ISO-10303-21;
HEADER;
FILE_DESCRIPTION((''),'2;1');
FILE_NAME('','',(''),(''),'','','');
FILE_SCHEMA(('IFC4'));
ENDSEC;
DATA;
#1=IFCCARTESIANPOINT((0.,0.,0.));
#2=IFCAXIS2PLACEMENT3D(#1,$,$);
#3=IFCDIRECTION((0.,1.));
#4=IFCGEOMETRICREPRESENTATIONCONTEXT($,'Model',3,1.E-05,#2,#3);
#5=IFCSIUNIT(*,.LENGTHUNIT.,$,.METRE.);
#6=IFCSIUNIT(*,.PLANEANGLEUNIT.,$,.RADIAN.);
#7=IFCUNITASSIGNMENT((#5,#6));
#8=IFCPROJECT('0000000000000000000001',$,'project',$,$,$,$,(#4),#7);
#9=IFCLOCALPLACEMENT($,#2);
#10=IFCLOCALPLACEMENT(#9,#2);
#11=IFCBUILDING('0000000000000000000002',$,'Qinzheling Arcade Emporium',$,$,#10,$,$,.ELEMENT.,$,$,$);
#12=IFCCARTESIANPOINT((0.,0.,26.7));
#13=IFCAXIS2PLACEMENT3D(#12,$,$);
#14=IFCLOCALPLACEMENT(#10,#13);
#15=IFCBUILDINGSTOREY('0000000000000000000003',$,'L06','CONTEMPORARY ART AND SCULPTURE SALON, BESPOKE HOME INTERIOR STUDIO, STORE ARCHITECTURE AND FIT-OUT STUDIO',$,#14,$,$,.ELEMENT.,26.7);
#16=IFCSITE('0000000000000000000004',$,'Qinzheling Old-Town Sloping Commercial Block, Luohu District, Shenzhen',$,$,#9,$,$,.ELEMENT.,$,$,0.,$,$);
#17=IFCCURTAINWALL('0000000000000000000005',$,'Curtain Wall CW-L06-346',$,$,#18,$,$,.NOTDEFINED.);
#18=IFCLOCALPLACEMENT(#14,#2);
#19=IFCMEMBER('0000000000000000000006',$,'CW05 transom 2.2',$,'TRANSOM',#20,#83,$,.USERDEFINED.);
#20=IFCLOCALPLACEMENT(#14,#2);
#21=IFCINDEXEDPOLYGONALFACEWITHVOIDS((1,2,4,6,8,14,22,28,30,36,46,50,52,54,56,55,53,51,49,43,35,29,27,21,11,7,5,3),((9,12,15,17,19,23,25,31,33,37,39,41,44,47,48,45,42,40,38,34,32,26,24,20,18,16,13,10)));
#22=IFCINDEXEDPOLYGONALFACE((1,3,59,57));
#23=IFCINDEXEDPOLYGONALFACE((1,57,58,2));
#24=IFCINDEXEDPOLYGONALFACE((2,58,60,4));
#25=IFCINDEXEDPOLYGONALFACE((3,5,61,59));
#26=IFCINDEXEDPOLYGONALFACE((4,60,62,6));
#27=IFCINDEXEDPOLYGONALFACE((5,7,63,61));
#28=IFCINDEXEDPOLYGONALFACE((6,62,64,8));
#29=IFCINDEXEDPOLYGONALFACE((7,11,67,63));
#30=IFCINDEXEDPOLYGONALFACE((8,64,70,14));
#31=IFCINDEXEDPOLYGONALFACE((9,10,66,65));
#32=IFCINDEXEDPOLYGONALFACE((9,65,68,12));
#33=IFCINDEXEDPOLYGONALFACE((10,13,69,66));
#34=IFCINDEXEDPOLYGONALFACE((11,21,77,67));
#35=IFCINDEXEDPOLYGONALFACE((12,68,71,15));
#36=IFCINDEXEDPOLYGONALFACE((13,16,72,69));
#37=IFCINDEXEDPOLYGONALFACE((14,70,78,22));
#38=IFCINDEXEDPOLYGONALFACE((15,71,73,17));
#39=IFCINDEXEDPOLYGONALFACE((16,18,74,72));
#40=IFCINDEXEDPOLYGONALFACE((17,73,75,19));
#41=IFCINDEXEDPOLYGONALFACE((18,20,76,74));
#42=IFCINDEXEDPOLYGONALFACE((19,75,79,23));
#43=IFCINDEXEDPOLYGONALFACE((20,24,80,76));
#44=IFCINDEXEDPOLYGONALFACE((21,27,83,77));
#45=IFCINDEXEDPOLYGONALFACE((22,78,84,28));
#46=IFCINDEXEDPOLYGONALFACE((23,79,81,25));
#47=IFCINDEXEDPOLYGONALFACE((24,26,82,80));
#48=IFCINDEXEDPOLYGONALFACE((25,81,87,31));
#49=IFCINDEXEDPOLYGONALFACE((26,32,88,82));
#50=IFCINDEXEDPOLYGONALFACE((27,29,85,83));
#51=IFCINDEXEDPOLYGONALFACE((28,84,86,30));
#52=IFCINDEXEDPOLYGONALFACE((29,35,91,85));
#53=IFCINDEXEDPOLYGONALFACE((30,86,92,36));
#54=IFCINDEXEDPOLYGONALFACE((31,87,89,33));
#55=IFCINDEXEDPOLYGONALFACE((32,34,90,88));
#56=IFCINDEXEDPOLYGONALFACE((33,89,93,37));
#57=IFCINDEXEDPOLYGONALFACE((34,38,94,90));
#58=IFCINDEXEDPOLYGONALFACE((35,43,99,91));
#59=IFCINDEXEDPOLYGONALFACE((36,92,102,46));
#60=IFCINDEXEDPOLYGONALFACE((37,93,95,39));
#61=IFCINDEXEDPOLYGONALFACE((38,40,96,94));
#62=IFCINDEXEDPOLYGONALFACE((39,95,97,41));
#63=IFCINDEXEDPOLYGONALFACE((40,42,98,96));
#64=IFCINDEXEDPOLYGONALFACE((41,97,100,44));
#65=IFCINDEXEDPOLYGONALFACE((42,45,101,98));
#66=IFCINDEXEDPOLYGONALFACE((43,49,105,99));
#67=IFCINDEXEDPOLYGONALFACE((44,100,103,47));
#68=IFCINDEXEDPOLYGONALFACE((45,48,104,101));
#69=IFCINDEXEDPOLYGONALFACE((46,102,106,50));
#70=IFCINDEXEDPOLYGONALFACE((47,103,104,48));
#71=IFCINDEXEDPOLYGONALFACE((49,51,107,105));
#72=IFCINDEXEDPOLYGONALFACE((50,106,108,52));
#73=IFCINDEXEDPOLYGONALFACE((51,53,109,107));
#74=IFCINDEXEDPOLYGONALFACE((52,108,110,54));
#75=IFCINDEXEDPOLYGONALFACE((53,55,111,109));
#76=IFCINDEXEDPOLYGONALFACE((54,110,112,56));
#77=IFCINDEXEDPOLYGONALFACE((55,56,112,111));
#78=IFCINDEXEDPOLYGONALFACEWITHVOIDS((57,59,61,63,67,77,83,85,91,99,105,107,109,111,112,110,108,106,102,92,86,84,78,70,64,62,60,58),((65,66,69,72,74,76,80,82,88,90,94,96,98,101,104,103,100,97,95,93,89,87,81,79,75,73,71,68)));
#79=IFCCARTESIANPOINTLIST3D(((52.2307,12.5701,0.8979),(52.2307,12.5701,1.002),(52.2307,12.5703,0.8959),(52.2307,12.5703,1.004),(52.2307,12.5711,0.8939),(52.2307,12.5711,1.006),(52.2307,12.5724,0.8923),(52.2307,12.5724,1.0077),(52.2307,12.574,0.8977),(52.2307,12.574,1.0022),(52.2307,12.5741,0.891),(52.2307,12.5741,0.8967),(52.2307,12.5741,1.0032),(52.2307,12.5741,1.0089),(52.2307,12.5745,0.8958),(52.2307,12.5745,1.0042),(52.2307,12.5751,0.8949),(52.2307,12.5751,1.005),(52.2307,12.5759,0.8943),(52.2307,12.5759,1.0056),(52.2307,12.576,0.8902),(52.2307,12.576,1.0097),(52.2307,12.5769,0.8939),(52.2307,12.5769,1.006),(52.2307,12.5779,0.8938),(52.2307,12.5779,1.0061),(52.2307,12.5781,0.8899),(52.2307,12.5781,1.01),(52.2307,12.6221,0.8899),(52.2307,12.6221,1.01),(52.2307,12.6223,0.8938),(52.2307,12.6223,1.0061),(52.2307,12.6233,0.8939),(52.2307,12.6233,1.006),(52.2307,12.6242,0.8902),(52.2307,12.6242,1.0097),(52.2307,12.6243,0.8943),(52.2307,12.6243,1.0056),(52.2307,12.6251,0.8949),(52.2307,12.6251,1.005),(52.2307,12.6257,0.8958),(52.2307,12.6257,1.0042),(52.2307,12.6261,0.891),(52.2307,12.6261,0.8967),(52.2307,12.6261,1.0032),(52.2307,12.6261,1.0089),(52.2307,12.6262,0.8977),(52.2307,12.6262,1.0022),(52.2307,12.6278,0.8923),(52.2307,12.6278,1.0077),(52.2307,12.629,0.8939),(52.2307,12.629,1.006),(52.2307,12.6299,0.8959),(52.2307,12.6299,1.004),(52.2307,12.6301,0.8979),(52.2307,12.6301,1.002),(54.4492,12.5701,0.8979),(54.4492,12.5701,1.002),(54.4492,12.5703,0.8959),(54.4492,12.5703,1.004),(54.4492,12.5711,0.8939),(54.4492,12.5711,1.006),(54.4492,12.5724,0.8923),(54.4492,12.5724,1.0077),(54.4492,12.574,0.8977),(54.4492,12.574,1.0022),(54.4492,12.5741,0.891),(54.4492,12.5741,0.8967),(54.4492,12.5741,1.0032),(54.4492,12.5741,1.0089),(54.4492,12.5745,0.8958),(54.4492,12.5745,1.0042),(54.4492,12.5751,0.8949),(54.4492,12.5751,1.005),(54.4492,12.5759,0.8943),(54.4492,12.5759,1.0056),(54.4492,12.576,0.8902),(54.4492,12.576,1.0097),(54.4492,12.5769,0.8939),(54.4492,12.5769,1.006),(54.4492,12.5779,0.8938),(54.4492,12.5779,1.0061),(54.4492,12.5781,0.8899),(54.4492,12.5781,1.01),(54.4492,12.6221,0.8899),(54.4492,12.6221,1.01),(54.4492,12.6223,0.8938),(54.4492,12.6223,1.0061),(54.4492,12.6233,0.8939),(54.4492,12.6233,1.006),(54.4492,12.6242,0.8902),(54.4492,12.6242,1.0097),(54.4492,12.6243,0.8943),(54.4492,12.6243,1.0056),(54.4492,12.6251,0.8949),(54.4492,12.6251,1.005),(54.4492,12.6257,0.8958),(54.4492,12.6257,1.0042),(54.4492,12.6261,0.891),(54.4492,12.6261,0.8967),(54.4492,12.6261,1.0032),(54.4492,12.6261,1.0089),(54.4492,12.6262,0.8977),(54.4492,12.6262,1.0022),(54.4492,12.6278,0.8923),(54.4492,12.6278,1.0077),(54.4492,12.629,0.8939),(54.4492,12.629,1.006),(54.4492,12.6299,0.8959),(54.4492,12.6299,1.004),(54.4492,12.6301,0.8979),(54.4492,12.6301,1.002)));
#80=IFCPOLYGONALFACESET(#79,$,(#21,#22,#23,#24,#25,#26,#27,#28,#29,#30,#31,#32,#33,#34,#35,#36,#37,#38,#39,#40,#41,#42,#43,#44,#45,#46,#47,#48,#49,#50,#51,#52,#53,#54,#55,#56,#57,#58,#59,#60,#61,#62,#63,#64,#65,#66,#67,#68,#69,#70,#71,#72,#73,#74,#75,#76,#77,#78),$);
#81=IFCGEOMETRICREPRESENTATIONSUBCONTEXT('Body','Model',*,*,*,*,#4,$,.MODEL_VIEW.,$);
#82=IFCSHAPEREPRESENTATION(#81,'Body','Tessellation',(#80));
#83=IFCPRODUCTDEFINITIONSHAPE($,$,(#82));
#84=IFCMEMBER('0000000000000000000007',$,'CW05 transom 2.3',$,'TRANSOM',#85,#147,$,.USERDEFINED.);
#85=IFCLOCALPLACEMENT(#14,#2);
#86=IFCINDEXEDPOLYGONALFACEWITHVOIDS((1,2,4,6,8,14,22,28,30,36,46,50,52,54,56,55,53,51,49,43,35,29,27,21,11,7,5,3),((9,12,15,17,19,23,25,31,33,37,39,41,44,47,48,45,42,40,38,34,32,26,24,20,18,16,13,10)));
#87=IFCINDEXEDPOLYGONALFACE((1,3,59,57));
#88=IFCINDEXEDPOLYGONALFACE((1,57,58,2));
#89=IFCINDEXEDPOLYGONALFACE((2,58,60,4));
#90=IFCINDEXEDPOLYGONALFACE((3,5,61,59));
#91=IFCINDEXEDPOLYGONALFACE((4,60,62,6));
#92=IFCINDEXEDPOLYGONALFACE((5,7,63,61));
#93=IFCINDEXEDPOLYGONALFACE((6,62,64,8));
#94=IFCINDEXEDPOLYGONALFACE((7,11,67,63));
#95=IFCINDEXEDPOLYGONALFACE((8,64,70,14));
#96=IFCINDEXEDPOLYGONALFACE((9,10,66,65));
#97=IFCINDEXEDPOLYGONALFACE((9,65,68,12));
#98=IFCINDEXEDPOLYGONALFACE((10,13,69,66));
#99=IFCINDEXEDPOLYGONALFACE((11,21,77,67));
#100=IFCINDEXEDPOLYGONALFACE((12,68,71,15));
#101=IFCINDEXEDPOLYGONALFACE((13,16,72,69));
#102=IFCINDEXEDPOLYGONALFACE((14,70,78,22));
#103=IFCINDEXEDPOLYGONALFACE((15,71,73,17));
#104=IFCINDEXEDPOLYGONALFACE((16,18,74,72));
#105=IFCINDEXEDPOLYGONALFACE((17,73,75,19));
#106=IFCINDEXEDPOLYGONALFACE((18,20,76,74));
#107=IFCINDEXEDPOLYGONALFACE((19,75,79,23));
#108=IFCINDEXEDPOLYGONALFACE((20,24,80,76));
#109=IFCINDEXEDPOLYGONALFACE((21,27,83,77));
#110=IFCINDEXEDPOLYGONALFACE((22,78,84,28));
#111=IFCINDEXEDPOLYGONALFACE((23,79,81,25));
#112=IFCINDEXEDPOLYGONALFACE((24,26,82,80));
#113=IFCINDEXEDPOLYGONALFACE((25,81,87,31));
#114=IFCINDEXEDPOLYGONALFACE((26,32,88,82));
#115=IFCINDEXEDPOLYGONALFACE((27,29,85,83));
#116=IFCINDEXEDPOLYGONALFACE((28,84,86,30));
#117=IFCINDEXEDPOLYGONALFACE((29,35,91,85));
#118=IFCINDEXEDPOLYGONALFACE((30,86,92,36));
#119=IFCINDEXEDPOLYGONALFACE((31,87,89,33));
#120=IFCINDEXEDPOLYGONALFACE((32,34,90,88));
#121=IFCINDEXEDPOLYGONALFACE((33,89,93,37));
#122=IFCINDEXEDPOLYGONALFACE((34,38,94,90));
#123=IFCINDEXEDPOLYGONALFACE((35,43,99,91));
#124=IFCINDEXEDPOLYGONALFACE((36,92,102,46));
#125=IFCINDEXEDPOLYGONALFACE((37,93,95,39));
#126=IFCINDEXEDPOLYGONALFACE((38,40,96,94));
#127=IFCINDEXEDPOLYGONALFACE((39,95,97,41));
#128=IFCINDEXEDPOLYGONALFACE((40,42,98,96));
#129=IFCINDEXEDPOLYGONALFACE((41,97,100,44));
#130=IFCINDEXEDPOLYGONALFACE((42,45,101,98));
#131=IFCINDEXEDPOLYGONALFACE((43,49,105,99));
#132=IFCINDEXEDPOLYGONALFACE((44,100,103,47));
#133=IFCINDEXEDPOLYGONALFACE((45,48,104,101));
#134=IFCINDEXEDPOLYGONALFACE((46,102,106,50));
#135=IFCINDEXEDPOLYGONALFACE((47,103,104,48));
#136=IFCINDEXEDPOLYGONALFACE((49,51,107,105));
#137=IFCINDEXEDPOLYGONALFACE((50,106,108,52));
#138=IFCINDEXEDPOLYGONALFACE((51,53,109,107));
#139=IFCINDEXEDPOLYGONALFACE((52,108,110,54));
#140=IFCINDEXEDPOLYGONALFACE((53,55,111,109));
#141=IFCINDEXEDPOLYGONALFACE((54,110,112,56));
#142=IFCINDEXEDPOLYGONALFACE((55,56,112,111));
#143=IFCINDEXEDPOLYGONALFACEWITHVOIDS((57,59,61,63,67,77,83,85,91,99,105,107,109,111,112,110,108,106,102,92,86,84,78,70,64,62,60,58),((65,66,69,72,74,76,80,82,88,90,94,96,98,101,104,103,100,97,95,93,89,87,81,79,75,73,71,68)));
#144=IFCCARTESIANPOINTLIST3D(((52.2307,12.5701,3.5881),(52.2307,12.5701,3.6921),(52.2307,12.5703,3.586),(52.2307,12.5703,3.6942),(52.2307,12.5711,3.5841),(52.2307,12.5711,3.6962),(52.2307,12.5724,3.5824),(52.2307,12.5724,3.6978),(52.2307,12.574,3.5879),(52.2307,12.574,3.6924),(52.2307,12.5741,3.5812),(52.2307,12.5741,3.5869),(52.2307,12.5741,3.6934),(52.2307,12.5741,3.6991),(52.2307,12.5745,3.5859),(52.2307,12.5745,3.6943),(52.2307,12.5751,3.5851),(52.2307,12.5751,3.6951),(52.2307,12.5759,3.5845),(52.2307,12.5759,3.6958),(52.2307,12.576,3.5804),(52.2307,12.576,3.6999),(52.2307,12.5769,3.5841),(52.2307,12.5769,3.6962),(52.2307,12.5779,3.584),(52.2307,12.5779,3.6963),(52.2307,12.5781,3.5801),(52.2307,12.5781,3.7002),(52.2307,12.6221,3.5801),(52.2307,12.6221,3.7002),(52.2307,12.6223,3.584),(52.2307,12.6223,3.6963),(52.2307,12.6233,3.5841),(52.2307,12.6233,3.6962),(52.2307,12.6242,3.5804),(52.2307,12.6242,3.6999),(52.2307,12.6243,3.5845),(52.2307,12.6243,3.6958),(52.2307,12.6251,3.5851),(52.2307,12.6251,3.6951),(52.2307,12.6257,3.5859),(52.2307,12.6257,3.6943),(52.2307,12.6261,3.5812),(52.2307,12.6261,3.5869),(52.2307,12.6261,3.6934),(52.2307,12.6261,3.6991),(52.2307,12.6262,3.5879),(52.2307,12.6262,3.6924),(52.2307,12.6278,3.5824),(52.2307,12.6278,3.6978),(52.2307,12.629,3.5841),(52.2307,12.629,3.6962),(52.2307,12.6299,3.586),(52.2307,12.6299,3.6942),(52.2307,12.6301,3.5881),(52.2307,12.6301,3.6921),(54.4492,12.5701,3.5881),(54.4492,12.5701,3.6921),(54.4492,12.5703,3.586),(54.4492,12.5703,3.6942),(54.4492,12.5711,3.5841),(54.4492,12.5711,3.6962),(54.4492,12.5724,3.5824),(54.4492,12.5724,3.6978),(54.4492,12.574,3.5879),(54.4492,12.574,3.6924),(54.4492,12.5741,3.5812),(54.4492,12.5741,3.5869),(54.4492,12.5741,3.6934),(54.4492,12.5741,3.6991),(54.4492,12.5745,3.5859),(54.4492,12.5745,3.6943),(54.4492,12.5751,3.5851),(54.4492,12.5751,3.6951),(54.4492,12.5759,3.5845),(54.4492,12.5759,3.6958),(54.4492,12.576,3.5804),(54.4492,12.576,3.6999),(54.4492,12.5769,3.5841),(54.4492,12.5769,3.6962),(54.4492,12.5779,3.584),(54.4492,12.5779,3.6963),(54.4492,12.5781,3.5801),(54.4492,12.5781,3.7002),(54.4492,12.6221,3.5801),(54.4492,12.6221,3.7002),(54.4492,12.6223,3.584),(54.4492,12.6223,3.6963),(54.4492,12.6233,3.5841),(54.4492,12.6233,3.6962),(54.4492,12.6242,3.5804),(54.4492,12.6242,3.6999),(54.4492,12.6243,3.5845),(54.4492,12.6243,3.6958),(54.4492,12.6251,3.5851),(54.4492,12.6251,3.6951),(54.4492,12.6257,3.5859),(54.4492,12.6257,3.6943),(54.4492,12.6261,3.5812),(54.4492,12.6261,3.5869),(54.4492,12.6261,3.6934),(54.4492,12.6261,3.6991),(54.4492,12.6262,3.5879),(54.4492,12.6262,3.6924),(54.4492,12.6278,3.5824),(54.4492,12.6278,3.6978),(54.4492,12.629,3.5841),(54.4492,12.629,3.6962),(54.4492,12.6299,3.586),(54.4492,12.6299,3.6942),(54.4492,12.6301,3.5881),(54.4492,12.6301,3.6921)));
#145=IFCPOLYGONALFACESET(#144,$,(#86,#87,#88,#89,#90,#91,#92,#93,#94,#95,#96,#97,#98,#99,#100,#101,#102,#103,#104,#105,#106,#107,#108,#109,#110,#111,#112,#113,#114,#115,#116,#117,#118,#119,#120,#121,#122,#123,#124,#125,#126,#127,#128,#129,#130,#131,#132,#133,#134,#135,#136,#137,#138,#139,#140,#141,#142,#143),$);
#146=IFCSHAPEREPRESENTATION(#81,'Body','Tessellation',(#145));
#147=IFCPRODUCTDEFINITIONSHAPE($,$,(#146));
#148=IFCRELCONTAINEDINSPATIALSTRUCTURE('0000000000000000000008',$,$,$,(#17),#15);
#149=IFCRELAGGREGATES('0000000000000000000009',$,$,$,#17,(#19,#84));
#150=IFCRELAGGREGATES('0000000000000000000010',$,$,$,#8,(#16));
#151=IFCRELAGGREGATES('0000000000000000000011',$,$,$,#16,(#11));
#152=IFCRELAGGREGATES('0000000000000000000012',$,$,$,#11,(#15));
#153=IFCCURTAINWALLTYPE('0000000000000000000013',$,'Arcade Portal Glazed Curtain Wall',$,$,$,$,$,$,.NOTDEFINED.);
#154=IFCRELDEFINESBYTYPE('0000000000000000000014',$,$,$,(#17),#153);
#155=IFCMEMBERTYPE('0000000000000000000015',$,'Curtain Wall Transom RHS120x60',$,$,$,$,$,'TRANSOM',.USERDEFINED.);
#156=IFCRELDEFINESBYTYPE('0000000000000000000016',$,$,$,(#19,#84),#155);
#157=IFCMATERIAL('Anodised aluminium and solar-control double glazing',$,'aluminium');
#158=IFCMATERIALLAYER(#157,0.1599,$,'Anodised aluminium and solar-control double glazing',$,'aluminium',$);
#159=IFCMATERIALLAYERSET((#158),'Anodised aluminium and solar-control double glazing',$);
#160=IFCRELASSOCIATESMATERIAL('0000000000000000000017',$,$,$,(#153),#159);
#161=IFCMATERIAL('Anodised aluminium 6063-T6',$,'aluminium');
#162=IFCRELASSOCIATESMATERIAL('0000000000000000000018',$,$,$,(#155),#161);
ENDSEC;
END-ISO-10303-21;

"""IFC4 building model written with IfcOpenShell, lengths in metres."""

from ifc_helpers import new_model, si_unit, direction, frame, origin, origin_2d, place, context, subcontext, project, spatial, hollow_rectangle, extrude, material, layer, layer_set, material_profile, profile_set, type_object, element, aggregate, save


model = new_model("IFC4")

# Units and contexts
model_context = context("Model", 3, precision=1e-05, world=origin(), true_north=direction((0.0, 1.0)))
body_context = subcontext(model_context, "Body", "Model", "MODEL_VIEW")
ifc_project = project(units=[si_unit("LENGTHUNIT", "METRE"), si_unit("PLANEANGLEUNIT", "RADIAN")], contexts=[model_context])

# Site, building, storey
site_placement = place(None, origin())
site = spatial("IfcSite", under=ifc_project, at=site_placement, Name="Qinzheling Old-Town Sloping Commercial Block, Luohu District, Shenzhen", CompositionType="ELEMENT", RefElevation=0.0)
building_placement = place(site_placement, origin())
building = spatial("IfcBuilding", under=site, at=building_placement, Name="Qinzheling Arcade Emporium", CompositionType="ELEMENT")
storey_placement = place(building_placement, frame((0.0, 0.0, 26.7)))
storey = spatial("IfcBuildingStorey", under=building, at=storey_placement, Name="L06", Description="CONTEMPORARY ART AND SCULPTURE SALON, BESPOKE HOME INTERIOR STUDIO, STORE ARCHITECTURE AND FIT-OUT STUDIO", CompositionType="ELEMENT", Elevation=26.7)

# Curtain wall
ifc_material_1 = material(Name="Anodised aluminium and solar-control double glazing", Category="aluminium")
ifc_layer_1 = layer(ifc_material_1, 0.1599, Name="Anodised aluminium and solar-control double glazing", Category="aluminium")
ifc_layer_set_1 = layer_set([ifc_layer_1], Name="Anodised aluminium and solar-control double glazing")
curtain_wall_type = type_object("IfcCurtainWallType", Name="Arcade Portal Glazed Curtain Wall", PredefinedType="NOTDEFINED", material=ifc_layer_set_1)
curtain_wall_1_placement = place(storey_placement, origin())
curtain_wall_1 = element("IfcCurtainWall", 1, at=curtain_wall_1_placement, inside=storey, type_object=curtain_wall_type, Name="Curtain Wall CW-L06-346", PredefinedType="NOTDEFINED")
ifc_material_2 = material(Name="Anodised aluminium 6063-T6", Category="aluminium")

# Members
ifc_material_profile_1 = material_profile(ifc_material_2, hollow_rectangle(XDim=0.0601, YDim=0.1201, WallThickness=0.0039, InnerFilletRadius=0.0039, OuterFilletRadius=0.0081, at=origin_2d()), Name="RHS 120x60x4", Category="aluminium")
ifc_profile_set_1 = profile_set([ifc_material_profile_1], Name="Anodised aluminium 6063-T6")
member_type_1 = type_object("IfcMemberType", Name="Curtain Wall Transom RHS120x60", ElementType="TRANSOM", PredefinedType="USERDEFINED", material=ifc_profile_set_1)
member_1_placement = place(storey_placement, frame((54.4492, 12.6001, 0.95), z_axis=(-1.0, 0.0, 0.0), x_axis=(0.0, -1.0, 0.0)))
member_1 = element("IfcMember", 2, at=member_1_placement, type_object=member_type_1, Name="CW05 transom 2.2", ObjectType="TRANSOM", PredefinedType="USERDEFINED", context=body_context, shape_type="SweptSolid", body=[
    extrude(hollow_rectangle(XDim=0.0601, YDim=0.1201, WallThickness=0.0039, InnerFilletRadius=0.0039, OuterFilletRadius=0.0081, at=origin_2d()), origin(), (0.0, 0.0, 1.0), 2.2185),
])
member_2_placement = place(storey_placement, frame((54.4492, 12.6001, 3.6401), z_axis=(-1.0, 0.0, 0.0), x_axis=(0.0, -1.0, 0.0)))
member_2 = element("IfcMember", 3, at=member_2_placement, type_object=member_type_1, Name="CW05 transom 2.3", ObjectType="TRANSOM", PredefinedType="USERDEFINED", context=body_context, shape_type="SweptSolid", body=[
    extrude(hollow_rectangle(XDim=0.0601, YDim=0.1201, WallThickness=0.0039, InnerFilletRadius=0.0039, OuterFilletRadius=0.0081, at=origin_2d()), origin(), (0.0, 0.0, 1.0), 2.2185),
])

aggregate(curtain_wall_1, [member_1, member_2])

save(model, "model.ifc")
